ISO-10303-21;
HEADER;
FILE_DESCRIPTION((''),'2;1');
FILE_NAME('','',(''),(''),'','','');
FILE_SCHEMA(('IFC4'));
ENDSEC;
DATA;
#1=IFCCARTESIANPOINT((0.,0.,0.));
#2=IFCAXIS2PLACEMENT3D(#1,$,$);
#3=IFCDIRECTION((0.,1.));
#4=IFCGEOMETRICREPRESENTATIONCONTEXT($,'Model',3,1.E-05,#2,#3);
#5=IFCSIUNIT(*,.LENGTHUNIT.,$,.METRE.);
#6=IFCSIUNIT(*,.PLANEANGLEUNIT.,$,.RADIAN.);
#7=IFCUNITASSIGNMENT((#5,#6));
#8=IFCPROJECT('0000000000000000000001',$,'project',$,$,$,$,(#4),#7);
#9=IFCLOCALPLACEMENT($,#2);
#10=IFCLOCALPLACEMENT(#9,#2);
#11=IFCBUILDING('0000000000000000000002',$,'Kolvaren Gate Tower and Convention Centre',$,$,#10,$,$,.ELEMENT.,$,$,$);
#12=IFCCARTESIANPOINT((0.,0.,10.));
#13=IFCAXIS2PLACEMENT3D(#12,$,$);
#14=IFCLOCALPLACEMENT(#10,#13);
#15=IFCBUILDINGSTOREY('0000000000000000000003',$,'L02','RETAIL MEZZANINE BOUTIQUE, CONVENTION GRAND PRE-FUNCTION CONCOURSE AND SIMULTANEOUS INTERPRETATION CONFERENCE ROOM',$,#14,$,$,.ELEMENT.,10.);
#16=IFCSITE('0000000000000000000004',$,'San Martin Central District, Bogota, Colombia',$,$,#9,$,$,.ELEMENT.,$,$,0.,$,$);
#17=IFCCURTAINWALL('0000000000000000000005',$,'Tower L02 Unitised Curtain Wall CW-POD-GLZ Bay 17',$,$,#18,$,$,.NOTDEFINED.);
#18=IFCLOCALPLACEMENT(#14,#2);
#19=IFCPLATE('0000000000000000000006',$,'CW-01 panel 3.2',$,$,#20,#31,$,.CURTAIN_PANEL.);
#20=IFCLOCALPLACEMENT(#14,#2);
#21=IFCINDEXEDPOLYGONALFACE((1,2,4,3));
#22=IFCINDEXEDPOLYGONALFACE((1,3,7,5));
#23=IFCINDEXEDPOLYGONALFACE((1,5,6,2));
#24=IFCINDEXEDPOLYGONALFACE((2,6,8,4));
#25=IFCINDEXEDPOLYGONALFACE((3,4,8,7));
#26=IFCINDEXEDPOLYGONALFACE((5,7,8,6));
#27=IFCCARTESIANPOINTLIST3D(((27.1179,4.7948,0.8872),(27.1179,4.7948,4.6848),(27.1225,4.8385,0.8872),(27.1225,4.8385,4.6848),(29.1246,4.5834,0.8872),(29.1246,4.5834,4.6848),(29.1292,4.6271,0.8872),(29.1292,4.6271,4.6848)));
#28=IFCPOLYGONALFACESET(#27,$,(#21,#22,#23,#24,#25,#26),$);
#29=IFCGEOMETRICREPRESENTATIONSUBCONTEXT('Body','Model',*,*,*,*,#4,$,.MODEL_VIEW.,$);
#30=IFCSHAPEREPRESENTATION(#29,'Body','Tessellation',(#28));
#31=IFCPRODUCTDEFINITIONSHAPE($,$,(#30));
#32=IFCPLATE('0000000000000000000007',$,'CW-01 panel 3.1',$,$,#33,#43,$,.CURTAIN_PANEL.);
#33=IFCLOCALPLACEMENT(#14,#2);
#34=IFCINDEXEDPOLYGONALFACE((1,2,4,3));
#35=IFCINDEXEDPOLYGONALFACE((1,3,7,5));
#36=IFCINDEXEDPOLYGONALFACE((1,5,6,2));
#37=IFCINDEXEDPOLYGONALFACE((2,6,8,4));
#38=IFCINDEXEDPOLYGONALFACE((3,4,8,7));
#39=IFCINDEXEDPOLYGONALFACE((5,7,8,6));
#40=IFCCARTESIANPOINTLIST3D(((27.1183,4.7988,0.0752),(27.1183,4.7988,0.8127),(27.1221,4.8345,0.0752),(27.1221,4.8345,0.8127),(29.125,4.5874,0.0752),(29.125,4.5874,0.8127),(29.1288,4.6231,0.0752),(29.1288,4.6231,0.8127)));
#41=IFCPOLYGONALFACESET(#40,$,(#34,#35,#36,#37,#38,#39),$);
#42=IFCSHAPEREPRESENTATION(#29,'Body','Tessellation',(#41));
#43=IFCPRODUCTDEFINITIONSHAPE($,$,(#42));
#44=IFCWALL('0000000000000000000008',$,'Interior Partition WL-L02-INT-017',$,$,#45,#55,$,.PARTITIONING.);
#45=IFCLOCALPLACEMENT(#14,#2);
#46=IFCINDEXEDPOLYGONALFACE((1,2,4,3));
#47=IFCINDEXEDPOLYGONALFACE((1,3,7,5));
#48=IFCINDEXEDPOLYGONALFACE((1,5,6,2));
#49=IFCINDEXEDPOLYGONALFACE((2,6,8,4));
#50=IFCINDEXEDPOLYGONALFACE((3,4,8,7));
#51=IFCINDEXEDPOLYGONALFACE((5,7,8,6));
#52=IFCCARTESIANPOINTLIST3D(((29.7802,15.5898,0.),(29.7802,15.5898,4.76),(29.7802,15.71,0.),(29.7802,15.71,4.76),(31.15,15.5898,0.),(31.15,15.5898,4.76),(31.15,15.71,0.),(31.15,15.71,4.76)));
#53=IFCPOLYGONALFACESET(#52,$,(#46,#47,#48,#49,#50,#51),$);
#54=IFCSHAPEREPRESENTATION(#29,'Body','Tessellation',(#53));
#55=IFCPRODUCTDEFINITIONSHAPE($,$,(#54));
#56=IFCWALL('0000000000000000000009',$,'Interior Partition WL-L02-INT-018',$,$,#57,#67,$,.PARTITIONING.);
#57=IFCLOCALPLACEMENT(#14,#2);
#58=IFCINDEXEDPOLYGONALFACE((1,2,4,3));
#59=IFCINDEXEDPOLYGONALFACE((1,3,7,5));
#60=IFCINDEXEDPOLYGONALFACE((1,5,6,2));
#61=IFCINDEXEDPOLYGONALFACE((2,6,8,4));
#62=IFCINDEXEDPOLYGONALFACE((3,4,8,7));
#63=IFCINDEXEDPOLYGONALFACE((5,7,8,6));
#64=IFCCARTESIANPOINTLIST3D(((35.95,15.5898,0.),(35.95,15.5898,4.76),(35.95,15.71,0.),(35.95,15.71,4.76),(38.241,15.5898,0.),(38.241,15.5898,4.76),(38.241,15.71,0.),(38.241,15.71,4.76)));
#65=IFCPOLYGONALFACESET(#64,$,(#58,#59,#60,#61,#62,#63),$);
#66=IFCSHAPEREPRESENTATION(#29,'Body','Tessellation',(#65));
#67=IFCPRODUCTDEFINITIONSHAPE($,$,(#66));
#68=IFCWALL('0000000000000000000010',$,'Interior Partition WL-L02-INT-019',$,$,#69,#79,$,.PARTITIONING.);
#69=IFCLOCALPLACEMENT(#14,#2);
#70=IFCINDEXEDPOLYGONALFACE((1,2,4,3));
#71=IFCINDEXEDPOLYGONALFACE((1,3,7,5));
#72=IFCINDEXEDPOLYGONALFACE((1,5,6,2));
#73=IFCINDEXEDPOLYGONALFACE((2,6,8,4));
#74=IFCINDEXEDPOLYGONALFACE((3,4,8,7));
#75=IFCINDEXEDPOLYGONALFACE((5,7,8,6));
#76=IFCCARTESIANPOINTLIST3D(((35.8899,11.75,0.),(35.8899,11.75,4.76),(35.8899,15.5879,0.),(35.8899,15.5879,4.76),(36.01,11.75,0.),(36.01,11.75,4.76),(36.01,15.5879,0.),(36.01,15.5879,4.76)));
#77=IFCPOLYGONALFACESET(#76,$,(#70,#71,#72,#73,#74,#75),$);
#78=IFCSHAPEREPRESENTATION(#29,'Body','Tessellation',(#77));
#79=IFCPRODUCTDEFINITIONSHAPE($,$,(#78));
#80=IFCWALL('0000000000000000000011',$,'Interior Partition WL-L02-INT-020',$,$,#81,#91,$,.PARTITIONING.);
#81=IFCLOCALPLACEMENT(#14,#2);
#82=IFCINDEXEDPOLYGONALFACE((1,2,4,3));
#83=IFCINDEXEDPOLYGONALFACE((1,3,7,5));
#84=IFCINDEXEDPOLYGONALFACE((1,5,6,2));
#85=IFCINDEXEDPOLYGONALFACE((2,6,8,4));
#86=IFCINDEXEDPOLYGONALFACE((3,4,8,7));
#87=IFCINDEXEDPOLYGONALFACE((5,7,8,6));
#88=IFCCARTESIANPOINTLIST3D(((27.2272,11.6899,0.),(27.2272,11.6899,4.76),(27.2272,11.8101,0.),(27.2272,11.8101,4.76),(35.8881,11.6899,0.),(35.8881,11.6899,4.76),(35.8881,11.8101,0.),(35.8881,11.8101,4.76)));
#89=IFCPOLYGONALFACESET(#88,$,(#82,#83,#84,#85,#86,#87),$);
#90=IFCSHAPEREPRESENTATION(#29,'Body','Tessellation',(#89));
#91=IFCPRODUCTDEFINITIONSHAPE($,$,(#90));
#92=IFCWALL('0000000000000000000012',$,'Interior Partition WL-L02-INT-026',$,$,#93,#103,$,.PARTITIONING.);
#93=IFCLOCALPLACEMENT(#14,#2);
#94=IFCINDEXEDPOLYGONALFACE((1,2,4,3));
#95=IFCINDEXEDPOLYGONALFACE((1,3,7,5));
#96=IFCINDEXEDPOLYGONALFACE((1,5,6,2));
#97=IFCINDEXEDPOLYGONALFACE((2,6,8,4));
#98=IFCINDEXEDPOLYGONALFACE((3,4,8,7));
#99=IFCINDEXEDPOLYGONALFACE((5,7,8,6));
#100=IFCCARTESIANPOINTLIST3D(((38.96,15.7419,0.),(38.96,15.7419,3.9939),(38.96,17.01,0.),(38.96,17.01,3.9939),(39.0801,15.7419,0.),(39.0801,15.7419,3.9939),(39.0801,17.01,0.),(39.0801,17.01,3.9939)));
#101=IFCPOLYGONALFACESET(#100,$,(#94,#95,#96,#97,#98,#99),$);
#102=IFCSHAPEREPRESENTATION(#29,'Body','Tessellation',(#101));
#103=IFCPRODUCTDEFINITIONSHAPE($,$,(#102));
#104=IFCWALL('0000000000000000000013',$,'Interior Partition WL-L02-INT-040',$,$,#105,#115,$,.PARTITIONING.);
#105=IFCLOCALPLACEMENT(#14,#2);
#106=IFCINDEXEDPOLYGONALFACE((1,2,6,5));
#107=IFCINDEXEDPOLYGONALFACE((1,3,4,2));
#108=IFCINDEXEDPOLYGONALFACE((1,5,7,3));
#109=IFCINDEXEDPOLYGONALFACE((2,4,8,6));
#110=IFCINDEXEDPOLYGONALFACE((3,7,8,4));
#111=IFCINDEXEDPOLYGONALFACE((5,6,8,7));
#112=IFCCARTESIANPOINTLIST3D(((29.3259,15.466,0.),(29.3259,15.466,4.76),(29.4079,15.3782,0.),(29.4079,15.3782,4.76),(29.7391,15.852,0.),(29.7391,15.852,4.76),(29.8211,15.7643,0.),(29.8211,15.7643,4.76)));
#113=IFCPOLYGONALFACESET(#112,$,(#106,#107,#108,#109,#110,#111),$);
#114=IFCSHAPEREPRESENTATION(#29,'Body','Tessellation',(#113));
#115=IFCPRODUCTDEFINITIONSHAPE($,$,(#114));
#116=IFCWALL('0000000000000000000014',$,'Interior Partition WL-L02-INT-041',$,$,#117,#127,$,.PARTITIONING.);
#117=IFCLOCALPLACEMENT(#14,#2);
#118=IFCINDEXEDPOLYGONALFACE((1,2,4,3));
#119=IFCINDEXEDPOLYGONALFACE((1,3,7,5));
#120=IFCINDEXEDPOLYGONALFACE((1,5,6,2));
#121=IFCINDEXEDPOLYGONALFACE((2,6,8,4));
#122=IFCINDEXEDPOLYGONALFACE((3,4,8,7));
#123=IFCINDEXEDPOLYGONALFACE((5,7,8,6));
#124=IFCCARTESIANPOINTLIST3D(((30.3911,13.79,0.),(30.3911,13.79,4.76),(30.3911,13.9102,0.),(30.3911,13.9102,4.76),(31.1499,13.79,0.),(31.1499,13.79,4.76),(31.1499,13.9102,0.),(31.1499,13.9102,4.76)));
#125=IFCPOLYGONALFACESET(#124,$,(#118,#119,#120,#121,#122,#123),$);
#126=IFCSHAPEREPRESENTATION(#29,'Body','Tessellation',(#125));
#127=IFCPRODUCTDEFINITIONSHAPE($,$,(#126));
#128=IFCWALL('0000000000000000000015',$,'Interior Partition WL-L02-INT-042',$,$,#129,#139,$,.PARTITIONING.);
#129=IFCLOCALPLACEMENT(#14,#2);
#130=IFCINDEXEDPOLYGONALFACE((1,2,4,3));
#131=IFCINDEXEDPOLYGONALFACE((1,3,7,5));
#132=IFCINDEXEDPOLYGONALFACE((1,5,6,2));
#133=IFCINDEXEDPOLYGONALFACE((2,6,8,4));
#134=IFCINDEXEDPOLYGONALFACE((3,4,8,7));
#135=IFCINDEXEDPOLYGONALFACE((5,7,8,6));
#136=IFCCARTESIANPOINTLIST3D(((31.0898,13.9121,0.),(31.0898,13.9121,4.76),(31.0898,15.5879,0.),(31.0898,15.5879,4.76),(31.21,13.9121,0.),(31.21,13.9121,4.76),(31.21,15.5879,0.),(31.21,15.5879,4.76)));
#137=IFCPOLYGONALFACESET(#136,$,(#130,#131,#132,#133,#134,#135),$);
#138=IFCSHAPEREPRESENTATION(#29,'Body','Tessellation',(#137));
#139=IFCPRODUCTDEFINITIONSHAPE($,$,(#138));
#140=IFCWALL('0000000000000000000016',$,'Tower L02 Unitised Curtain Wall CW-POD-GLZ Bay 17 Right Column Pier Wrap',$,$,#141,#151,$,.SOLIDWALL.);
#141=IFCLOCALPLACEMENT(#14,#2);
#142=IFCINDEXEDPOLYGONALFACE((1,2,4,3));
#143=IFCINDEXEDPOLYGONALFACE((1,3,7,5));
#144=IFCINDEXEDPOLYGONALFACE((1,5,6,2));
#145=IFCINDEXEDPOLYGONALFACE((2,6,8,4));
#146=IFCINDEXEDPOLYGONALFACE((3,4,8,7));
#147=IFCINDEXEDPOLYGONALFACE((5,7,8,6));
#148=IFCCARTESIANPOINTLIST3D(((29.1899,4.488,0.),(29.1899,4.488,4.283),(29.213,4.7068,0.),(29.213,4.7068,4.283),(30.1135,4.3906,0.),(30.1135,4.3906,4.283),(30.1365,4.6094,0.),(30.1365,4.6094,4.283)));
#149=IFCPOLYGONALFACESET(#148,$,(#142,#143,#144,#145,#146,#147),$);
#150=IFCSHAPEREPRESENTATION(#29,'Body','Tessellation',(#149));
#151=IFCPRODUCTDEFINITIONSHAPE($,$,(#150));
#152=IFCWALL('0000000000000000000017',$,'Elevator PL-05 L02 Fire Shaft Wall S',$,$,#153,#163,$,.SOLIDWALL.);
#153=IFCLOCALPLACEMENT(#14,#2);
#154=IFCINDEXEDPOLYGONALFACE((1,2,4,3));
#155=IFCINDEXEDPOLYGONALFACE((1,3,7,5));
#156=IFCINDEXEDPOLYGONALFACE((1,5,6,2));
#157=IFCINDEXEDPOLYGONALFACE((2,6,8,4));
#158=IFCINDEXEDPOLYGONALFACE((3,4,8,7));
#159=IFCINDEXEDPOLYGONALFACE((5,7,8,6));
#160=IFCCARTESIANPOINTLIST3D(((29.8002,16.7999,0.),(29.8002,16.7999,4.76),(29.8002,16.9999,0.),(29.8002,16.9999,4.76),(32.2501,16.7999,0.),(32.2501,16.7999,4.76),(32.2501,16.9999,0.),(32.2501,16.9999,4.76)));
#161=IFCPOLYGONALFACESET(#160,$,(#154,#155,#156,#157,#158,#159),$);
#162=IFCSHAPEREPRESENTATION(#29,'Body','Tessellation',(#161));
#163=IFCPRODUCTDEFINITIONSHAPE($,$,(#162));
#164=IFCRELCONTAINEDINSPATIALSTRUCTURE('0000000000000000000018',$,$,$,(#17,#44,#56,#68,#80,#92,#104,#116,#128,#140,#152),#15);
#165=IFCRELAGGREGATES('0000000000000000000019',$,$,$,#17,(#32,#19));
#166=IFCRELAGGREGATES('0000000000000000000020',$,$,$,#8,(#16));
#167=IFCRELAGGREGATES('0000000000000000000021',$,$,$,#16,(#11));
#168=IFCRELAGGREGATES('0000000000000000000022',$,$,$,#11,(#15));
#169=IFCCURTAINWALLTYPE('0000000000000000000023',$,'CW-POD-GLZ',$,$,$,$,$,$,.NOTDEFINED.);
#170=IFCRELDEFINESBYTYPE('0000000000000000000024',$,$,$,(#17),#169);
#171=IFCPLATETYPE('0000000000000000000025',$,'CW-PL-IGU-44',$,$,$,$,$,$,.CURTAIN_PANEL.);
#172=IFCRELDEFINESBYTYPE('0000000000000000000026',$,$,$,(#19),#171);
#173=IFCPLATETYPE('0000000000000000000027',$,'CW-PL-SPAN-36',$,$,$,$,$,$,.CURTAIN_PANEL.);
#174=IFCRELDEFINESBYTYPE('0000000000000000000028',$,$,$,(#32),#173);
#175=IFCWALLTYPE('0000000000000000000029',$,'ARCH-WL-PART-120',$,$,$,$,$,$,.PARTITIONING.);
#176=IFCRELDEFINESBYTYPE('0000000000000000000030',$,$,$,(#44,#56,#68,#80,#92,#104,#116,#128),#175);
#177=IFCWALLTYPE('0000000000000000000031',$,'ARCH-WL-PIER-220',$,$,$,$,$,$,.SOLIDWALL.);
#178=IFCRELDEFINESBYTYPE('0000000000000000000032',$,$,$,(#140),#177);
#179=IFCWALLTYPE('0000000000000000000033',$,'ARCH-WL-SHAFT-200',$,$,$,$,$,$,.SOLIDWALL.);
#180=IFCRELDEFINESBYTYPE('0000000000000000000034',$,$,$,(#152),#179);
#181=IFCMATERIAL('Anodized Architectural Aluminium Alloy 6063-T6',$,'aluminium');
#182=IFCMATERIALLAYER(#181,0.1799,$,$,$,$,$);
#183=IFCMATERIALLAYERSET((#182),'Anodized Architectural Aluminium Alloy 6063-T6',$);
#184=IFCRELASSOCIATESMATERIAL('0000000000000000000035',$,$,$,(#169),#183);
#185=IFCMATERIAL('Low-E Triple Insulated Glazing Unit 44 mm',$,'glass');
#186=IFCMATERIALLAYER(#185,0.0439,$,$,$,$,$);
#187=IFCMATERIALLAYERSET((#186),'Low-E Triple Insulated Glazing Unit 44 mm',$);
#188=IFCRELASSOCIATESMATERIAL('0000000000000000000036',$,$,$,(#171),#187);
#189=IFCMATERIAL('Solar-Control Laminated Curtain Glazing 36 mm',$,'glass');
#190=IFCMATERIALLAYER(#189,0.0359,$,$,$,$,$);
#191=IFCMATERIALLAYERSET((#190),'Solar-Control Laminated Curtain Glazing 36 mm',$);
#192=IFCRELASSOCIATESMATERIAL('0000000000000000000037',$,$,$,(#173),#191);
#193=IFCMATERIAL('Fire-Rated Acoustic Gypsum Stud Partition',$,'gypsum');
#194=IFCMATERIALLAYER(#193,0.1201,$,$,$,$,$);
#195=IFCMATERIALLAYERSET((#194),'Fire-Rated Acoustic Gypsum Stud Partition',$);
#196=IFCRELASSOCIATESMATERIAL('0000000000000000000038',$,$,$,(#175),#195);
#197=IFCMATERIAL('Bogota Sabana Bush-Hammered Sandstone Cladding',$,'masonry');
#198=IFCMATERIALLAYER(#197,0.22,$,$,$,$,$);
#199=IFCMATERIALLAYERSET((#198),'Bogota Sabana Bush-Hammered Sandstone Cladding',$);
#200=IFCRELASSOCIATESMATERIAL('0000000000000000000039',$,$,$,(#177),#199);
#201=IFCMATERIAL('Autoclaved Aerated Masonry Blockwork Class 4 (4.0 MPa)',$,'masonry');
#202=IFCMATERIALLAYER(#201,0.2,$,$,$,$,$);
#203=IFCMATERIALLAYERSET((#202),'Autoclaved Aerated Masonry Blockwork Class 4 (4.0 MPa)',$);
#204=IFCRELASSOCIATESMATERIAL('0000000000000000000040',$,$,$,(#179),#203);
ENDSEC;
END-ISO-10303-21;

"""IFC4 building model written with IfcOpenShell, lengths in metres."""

from ifc_helpers import new_model, si_unit, direction, frame, frame_2d, origin, origin_2d, place, context, subcontext, project, spatial, rectangle, extrude, material, layer, layer_set, type_object, element, aggregate, save


model = new_model("IFC4")

# Units and contexts
model_context = context("Model", 3, precision=1e-05, world=origin(), true_north=direction((0.0, 1.0)))
body_context = subcontext(model_context, "Body", "Model", "MODEL_VIEW")
ifc_project = project(units=[si_unit("LENGTHUNIT", "METRE"), si_unit("PLANEANGLEUNIT", "RADIAN")], contexts=[model_context])

# Site, building, storey
site_placement = place(None, origin())
site = spatial("IfcSite", under=ifc_project, at=site_placement, Name="San Martin Central District, Bogota, Colombia", CompositionType="ELEMENT", RefElevation=0.0)
building_placement = place(site_placement, origin())
building = spatial("IfcBuilding", under=site, at=building_placement, Name="Kolvaren Gate Tower and Convention Centre", CompositionType="ELEMENT")
storey_placement = place(building_placement, frame((0.0, 0.0, 10.0)))
storey = spatial("IfcBuildingStorey", under=building, at=storey_placement, Name="L02", Description="RETAIL MEZZANINE BOUTIQUE, CONVENTION GRAND PRE-FUNCTION CONCOURSE AND SIMULTANEOUS INTERPRETATION CONFERENCE ROOM", CompositionType="ELEMENT", Elevation=10.0)

# Curtain wall
ifc_material_1 = material(Name="Anodized Architectural Aluminium Alloy 6063-T6", Category="aluminium")
ifc_layer_1 = layer(ifc_material_1, 0.1799)
ifc_layer_set_1 = layer_set([ifc_layer_1], Name="Anodized Architectural Aluminium Alloy 6063-T6")
curtain_wall_type = type_object("IfcCurtainWallType", Name="CW-POD-GLZ", PredefinedType="NOTDEFINED", material=ifc_layer_set_1)
curtain_wall_placement = place(storey_placement, origin())
curtain_wall = element("IfcCurtainWall", 1, at=curtain_wall_placement, inside=storey, type_object=curtain_wall_type, Name="Tower L02 Unitised Curtain Wall CW-POD-GLZ Bay 17", PredefinedType="NOTDEFINED")

# Plates
ifc_material_2 = material(Name="Low-E Triple Insulated Glazing Unit 44 mm", Category="glass")
ifc_layer_2 = layer(ifc_material_2, 0.0439)
ifc_layer_set_2 = layer_set([ifc_layer_2], Name="Low-E Triple Insulated Glazing Unit 44 mm")
plate_type_1 = type_object("IfcPlateType", Name="CW-PL-IGU-44", PredefinedType="CURTAIN_PANEL", material=ifc_layer_set_2)
plate_1_placement = place(storey_placement, frame((28.1235, 4.7109, 0.8872), z_axis=(0.0, 0.0, 1.0), x_axis=(0.994499, -0.104742, 0.0)))
plate_1 = element("IfcPlate", 2, at=plate_1_placement, type_object=plate_type_1, Name="CW-01 panel 3.2", PredefinedType="CURTAIN_PANEL", context=body_context, shape_type="SweptSolid", body=[
    extrude(rectangle(XDim=2.0178, YDim=0.0439, at=origin_2d()), origin(), (0.0, 0.0, 1.0), 3.7976),
])
ifc_material_3 = material(Name="Solar-Control Laminated Curtain Glazing 36 mm", Category="glass")
ifc_layer_3 = layer(ifc_material_3, 0.0359)
ifc_layer_set_3 = layer_set([ifc_layer_3], Name="Solar-Control Laminated Curtain Glazing 36 mm")
plate_type_2 = type_object("IfcPlateType", Name="CW-PL-SPAN-36", PredefinedType="CURTAIN_PANEL", material=ifc_layer_set_3)
plate_2_placement = place(storey_placement, frame((28.1235, 4.7109, 0.0752), z_axis=(0.0, 0.0, 1.0), x_axis=(0.994499, -0.104742, 0.0)))
plate_2 = element("IfcPlate", 3, at=plate_2_placement, type_object=plate_type_2, Name="CW-01 panel 3.1", PredefinedType="CURTAIN_PANEL", context=body_context, shape_type="SweptSolid", body=[
    extrude(rectangle(XDim=2.0178, YDim=0.0359, at=origin_2d()), origin(), (0.0, 0.0, 1.0), 0.7375),
])
aggregate(curtain_wall, [plate_2, plate_1])

# Walls
ifc_material_4 = material(Name="Fire-Rated Acoustic Gypsum Stud Partition", Category="gypsum")
ifc_layer_4 = layer(ifc_material_4, 0.1201)
ifc_layer_set_4 = layer_set([ifc_layer_4], Name="Fire-Rated Acoustic Gypsum Stud Partition")
wall_type_1 = type_object("IfcWallType", Name="ARCH-WL-PART-120", PredefinedType="PARTITIONING", material=ifc_layer_set_4)
wall_1_placement = place(storey_placement, frame((29.78, 15.6499, 0.0), z_axis=(0.0, 0.0, 1.0), x_axis=(1.0, 0.0, 0.0)))
element("IfcWall", 4, at=wall_1_placement, inside=storey, type_object=wall_type_1, Name="Interior Partition WL-L02-INT-017", PredefinedType="PARTITIONING", context=body_context, shape_type="SweptSolid", body=[
    extrude(rectangle(XDim=1.3699, YDim=0.1201, at=frame_2d((0.6851, 0.0))), origin(), (0.0, 0.0, 1.0), 4.76),
])
wall_2_placement = place(storey_placement, frame((35.95, 15.6499, 0.0), z_axis=(0.0, 0.0, 1.0), x_axis=(1.0, 0.0, 0.0)))
element("IfcWall", 5, at=wall_2_placement, inside=storey, type_object=wall_type_1, Name="Interior Partition WL-L02-INT-018", PredefinedType="PARTITIONING", context=body_context, shape_type="SweptSolid", body=[
    extrude(rectangle(XDim=2.291, YDim=0.1201, at=frame_2d((1.1455, 0.0))), origin(), (0.0, 0.0, 1.0), 4.76),
])
wall_3_placement = place(storey_placement, frame((35.95, 11.75, 0.0), z_axis=(0.0, 0.0, 1.0), x_axis=(0.0, 1.0, 0.0)))
element("IfcWall", 6, at=wall_3_placement, inside=storey, type_object=wall_type_1, Name="Interior Partition WL-L02-INT-019", PredefinedType="PARTITIONING", context=body_context, shape_type="SweptSolid", body=[
    extrude(rectangle(XDim=3.8379, YDim=0.1201, at=frame_2d((1.9189, 0.0))), origin(), (0.0, 0.0, 1.0), 4.76),
])
wall_4_placement = place(storey_placement, frame((27.2271, 11.75, 0.0), z_axis=(0.0, 0.0, 1.0), x_axis=(1.0, 0.0, 0.0)))
element("IfcWall", 7, at=wall_4_placement, inside=storey, type_object=wall_type_1, Name="Interior Partition WL-L02-INT-020", PredefinedType="PARTITIONING", context=body_context, shape_type="SweptSolid", body=[
    extrude(rectangle(XDim=8.6609, YDim=0.1201, at=frame_2d((4.3306, 0.0))), origin(), (0.0, 0.0, 1.0), 4.76),
])
wall_5_placement = place(storey_placement, frame((39.02, 15.7419, 0.0), z_axis=(0.0, 0.0, 1.0), x_axis=(0.0, 1.0, 0.0)))
element("IfcWall", 8, at=wall_5_placement, inside=storey, type_object=wall_type_1, Name="Interior Partition WL-L02-INT-026", PredefinedType="PARTITIONING", context=body_context, shape_type="SweptSolid", body=[
    extrude(rectangle(XDim=1.2681, YDim=0.1201, at=frame_2d((0.634, 0.0))), origin(), (0.0, 0.0, 1.0), 3.9939),
])
wall_6_placement = place(storey_placement, frame((29.3669, 15.4221, 0.0), z_axis=(0.0, 0.0, 1.0), x_axis=(0.730667, 0.682734, 0.0)))
element("IfcWall", 9, at=wall_6_placement, inside=storey, type_object=wall_type_1, Name="Interior Partition WL-L02-INT-040", PredefinedType="PARTITIONING", context=body_context, shape_type="SweptSolid", body=[
    extrude(rectangle(XDim=0.5654, YDim=0.1201, at=frame_2d((0.2827, 0.0))), origin(), (0.0, 0.0, 1.0), 4.76),
])
wall_7_placement = place(storey_placement, frame((30.3911, 13.8501, 0.0), z_axis=(0.0, 0.0, 1.0), x_axis=(1.0, 0.0, 0.0)))
element("IfcWall", 10, at=wall_7_placement, inside=storey, type_object=wall_type_1, Name="Interior Partition WL-L02-INT-041", PredefinedType="PARTITIONING", context=body_context, shape_type="SweptSolid", body=[
    extrude(rectangle(XDim=0.7588, YDim=0.1201, at=frame_2d((0.3794, 0.0))), origin(), (0.0, 0.0, 1.0), 4.76),
])
wall_8_placement = place(storey_placement, frame((31.1499, 13.9121, 0.0), z_axis=(0.0, 0.0, 1.0), x_axis=(0.0, 1.0, 0.0)))
element("IfcWall", 11, at=wall_8_placement, inside=storey, type_object=wall_type_1, Name="Interior Partition WL-L02-INT-042", PredefinedType="PARTITIONING", context=body_context, shape_type="SweptSolid", body=[
    extrude(rectangle(XDim=1.6758, YDim=0.1201, at=frame_2d((0.8379, 0.0))), origin(), (0.0, 0.0, 1.0), 4.76),
])
ifc_material_5 = material(Name="Bogota Sabana Bush-Hammered Sandstone Cladding", Category="masonry")
ifc_layer_5 = layer(ifc_material_5, 0.22)
ifc_layer_set_5 = layer_set([ifc_layer_5], Name="Bogota Sabana Bush-Hammered Sandstone Cladding")
wall_type_2 = type_object("IfcWallType", Name="ARCH-WL-PIER-220", PredefinedType="SOLIDWALL", material=ifc_layer_set_5)
wall_9_placement = place(storey_placement, frame((29.2014, 4.5974, 0.0), z_axis=(0.0, 0.0, 1.0), x_axis=(0.994484, -0.10489, 0.0)))
element("IfcWall", 12, at=wall_9_placement, inside=storey, type_object=wall_type_2, Name="Tower L02 Unitised Curtain Wall CW-POD-GLZ Bay 17 Right Column Pier Wrap", PredefinedType="SOLIDWALL", context=body_context, shape_type="SweptSolid", body=[
    extrude(rectangle(XDim=0.9287, YDim=0.22, at=frame_2d((0.4644, 0.0))), origin(), (0.0, 0.0, 1.0), 4.283),
])
ifc_material_6 = material(Name="Autoclaved Aerated Masonry Blockwork Class 4 (4.0 MPa)", Category="masonry")
ifc_layer_6 = layer(ifc_material_6, 0.2)
ifc_layer_set_6 = layer_set([ifc_layer_6], Name="Autoclaved Aerated Masonry Blockwork Class 4 (4.0 MPa)")
wall_type_3 = type_object("IfcWallType", Name="ARCH-WL-SHAFT-200", PredefinedType="SOLIDWALL", material=ifc_layer_set_6)
wall_10_placement = place(storey_placement, frame((29.8, 16.8999, 0.0), z_axis=(0.0, 0.0, 1.0), x_axis=(1.0, 0.0, 0.0)))
element("IfcWall", 13, at=wall_10_placement, inside=storey, type_object=wall_type_3, Name="Elevator PL-05 L02 Fire Shaft Wall S", PredefinedType="SOLIDWALL", context=body_context, shape_type="SweptSolid", body=[
    extrude(rectangle(XDim=2.45, YDim=0.2, at=frame_2d((1.2251, 0.0))), origin(), (0.0, 0.0, 1.0), 4.76),
])

save(model, "model.ifc")
